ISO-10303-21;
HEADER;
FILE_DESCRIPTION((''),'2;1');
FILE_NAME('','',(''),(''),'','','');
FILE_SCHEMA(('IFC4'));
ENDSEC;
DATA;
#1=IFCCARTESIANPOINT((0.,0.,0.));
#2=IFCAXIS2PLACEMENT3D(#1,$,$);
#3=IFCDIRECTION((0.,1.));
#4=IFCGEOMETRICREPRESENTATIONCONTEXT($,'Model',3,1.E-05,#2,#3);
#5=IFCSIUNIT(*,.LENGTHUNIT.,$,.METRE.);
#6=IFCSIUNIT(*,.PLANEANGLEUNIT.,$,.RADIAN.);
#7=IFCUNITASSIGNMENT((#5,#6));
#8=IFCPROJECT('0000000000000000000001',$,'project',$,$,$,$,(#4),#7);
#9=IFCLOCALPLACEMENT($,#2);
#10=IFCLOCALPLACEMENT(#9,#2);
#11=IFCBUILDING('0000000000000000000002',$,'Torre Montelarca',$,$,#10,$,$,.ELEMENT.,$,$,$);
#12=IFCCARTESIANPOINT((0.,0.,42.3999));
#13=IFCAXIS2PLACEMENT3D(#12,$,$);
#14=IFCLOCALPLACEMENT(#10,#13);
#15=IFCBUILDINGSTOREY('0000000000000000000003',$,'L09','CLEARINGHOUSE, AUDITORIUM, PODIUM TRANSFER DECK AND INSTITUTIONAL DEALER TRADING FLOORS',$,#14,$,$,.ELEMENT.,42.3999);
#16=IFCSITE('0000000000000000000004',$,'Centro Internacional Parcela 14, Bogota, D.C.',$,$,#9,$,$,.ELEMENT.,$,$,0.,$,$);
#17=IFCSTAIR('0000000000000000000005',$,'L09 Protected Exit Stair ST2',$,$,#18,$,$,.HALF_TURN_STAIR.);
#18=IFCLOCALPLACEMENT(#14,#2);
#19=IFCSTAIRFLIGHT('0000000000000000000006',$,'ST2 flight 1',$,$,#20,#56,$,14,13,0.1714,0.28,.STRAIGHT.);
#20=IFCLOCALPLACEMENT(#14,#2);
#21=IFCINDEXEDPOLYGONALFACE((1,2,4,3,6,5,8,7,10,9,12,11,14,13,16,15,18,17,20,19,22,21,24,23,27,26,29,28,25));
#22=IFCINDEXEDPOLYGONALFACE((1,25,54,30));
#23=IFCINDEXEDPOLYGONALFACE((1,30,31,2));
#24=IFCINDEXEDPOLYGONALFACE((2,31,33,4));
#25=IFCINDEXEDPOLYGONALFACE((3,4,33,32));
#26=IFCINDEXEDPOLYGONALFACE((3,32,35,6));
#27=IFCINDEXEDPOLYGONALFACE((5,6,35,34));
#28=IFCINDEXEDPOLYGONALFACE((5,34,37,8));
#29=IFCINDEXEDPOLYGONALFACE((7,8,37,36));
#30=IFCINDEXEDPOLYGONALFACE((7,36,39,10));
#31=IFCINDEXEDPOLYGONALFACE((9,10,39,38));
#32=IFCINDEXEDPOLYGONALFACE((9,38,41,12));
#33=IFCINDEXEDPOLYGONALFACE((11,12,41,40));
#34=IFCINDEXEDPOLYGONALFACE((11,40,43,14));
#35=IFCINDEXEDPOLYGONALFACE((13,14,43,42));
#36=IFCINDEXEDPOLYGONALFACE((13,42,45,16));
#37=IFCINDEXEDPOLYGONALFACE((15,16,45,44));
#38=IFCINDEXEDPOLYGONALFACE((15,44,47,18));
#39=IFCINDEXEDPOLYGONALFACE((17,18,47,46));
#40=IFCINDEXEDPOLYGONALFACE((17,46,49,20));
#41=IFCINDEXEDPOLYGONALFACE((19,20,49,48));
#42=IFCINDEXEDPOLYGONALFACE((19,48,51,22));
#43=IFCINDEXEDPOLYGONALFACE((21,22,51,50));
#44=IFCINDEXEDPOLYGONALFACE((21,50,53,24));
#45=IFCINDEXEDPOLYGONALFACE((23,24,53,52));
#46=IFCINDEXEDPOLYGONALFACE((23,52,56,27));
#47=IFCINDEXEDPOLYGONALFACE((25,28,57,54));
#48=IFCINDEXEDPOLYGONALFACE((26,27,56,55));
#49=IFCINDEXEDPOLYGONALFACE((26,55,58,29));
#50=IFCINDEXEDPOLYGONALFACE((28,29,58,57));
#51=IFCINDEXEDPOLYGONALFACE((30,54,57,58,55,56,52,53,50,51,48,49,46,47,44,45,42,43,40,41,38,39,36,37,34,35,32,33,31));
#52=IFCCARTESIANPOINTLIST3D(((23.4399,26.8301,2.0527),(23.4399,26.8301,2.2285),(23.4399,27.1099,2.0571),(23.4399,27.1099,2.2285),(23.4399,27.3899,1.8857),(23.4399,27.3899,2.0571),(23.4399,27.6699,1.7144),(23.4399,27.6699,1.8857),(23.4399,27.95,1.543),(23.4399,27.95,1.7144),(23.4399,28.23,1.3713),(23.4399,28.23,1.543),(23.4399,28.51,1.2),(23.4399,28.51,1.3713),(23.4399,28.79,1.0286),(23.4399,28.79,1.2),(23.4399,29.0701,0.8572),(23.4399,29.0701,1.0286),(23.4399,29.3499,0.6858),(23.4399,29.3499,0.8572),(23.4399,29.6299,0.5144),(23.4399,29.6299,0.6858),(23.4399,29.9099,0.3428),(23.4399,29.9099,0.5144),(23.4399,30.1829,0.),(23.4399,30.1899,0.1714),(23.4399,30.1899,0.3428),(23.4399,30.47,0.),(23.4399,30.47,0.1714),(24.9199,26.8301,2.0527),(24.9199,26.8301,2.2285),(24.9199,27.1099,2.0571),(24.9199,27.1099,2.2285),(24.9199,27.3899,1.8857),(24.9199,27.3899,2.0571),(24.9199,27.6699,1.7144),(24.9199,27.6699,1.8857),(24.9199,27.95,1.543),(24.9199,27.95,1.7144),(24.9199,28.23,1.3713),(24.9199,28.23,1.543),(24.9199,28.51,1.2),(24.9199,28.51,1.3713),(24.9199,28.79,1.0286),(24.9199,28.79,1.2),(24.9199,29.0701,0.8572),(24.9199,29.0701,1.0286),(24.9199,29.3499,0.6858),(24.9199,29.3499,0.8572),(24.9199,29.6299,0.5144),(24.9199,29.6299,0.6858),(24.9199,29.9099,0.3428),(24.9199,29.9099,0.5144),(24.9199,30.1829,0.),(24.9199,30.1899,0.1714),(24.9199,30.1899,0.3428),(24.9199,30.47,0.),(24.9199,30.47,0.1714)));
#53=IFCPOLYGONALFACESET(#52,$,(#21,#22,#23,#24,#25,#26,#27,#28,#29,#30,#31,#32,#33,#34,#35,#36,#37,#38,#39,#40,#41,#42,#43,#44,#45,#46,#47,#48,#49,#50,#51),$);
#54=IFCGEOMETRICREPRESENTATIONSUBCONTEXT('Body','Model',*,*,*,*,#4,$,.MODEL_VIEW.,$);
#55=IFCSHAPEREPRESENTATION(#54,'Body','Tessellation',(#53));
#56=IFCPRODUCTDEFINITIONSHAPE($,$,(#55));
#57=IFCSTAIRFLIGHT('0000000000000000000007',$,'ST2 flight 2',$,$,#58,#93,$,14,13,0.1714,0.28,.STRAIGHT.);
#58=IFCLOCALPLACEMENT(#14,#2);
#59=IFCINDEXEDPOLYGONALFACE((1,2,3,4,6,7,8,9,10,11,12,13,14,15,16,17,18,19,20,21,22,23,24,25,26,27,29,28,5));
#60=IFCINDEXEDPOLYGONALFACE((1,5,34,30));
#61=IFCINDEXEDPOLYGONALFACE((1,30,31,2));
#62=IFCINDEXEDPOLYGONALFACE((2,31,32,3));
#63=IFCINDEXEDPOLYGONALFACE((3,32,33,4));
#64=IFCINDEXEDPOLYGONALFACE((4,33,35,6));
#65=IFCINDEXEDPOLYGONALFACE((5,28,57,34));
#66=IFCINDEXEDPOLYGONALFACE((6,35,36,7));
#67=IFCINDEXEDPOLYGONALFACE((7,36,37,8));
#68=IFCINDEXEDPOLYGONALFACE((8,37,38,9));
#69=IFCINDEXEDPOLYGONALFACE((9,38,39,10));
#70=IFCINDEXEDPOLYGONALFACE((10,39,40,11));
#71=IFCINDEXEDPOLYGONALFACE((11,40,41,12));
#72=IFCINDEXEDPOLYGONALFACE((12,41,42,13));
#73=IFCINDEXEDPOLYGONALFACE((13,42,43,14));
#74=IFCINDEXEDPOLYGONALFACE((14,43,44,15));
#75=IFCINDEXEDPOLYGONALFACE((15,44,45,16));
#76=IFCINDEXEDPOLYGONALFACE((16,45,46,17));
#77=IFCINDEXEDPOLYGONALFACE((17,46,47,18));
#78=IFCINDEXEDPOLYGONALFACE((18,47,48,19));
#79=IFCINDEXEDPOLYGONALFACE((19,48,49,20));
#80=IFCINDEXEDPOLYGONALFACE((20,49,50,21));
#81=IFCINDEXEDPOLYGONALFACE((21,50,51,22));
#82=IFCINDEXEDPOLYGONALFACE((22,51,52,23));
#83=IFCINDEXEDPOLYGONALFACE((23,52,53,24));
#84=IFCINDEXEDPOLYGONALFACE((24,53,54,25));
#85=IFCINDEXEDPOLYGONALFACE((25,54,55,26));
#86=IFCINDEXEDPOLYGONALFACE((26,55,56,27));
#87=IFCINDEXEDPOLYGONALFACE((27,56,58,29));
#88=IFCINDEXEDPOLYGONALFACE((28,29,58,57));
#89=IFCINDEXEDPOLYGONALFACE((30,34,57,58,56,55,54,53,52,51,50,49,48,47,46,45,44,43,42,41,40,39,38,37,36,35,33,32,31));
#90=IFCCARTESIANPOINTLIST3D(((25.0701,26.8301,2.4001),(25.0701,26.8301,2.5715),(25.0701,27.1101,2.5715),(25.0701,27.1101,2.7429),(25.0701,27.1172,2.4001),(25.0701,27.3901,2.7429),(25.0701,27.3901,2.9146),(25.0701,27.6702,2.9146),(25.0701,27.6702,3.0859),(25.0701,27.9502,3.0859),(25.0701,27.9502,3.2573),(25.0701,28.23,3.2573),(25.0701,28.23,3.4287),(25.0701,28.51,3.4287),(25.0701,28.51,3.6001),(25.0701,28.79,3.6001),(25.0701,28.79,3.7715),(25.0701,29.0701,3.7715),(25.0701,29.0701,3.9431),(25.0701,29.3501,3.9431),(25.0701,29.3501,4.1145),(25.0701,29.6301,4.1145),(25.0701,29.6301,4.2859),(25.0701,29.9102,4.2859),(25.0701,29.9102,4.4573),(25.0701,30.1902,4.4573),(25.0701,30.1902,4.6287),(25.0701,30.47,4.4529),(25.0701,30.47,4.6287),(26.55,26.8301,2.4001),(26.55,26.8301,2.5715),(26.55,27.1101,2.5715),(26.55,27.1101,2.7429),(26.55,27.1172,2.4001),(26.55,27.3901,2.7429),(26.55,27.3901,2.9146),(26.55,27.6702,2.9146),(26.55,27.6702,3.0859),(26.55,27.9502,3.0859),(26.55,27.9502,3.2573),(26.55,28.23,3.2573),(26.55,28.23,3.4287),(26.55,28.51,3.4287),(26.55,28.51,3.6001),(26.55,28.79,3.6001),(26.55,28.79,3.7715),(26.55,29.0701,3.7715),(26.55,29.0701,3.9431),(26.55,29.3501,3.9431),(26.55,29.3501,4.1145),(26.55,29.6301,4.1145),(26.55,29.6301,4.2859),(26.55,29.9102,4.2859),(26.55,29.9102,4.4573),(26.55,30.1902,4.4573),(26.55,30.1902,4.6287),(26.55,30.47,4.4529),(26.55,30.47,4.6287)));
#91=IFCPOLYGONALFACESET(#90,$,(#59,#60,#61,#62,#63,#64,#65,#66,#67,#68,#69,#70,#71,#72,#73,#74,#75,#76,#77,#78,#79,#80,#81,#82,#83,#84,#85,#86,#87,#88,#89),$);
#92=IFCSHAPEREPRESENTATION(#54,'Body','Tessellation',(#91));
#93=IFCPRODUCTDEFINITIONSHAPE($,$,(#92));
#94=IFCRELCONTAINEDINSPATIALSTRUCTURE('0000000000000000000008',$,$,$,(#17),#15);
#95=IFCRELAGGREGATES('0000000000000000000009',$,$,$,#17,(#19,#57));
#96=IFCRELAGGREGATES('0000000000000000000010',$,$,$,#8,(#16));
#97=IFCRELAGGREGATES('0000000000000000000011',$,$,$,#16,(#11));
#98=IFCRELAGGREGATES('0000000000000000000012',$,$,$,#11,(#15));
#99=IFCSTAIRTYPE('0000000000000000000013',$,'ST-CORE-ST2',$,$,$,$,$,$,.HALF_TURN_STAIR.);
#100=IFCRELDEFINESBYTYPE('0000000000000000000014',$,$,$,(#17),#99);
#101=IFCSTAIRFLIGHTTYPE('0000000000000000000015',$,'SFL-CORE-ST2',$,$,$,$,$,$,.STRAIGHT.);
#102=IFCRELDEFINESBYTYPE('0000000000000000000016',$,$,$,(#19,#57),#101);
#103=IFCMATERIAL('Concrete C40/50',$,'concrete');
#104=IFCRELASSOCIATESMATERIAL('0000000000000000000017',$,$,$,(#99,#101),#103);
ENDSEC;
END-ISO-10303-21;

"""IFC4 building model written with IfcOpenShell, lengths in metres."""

from ifc_helpers import new_model, si_unit, direction, frame, origin, place, context, subcontext, project, spatial, polyline, outline, extrude, material, type_object, element, aggregate, save


model = new_model("IFC4")

# Units and contexts
model_context = context("Model", 3, precision=1e-05, world=origin(), true_north=direction((0.0, 1.0)))
body_context = subcontext(model_context, "Body", "Model", "MODEL_VIEW")
ifc_project = project(units=[si_unit("LENGTHUNIT", "METRE"), si_unit("PLANEANGLEUNIT", "RADIAN")], contexts=[model_context])

# Site, building, storey
site_placement = place(None, origin())
site = spatial("IfcSite", under=ifc_project, at=site_placement, Name="Centro Internacional Parcela 14, Bogota, D.C.", CompositionType="ELEMENT", RefElevation=0.0)
building_placement = place(site_placement, origin())
building = spatial("IfcBuilding", under=site, at=building_placement, Name="Torre Montelarca", CompositionType="ELEMENT")
storey_placement = place(building_placement, frame((0.0, 0.0, 42.3999)))
storey = spatial("IfcBuildingStorey", under=building, at=storey_placement, Name="L09", Description="CLEARINGHOUSE, AUDITORIUM, PODIUM TRANSFER DECK AND INSTITUTIONAL DEALER TRADING FLOORS", CompositionType="ELEMENT", Elevation=42.3999)

# Shared definitions
ifc_material_1 = material(Name="Concrete C40/50", Category="concrete")

# Stair, stair flights
stair_type = type_object("IfcStairType", Name="ST-CORE-ST2", PredefinedType="HALF_TURN_STAIR", material=ifc_material_1)
stair_placement = place(storey_placement, origin())
stair = element("IfcStair", 1, at=stair_placement, inside=storey, type_object=stair_type, Name="L09 Protected Exit Stair ST2", PredefinedType="HALF_TURN_STAIR")
stair_flight_type = type_object("IfcStairFlightType", Name="SFL-CORE-ST2", PredefinedType="STRAIGHT", material=ifc_material_1)
stair_flight_1_placement = place(storey_placement, frame((24.1799, 30.47, 0.0), z_axis=(0.0, 0.0, 1.0), x_axis=(0.0, -1.0, 0.0)))
stair_flight_1 = element("IfcStairFlight", 2, at=stair_flight_1_placement, type_object=stair_flight_type, Name="ST2 flight 1", NumberOfRisers=14, NumberOfTreads=13, PredefinedType="STRAIGHT", RiserHeight=0.1714, TreadLength=0.28, context=body_context, shape_type="SweptSolid", body=[
    extrude(outline(polyline([(0.0, 0.0), (0.0, 0.1714), (0.28, 0.1714), (0.28, 0.3428), (0.5601, 0.3428), (0.5601, 0.5144), (0.8401, 0.5144), (0.8401, 0.6858), (1.1201, 0.6858), (1.1201, 0.8572), (1.3999, 0.8572), (1.3999, 1.0286), (1.6799, 1.0286), (1.6799, 1.2), (1.96, 1.2), (1.96, 1.3713), (2.24, 1.3713), (2.24, 1.543), (2.52, 1.543), (2.52, 1.7144), (2.8, 1.7144), (2.8, 1.8857), (3.0801, 1.8857), (3.0801, 2.0571), (3.3601, 2.0571), (3.3601, 2.2285), (3.6399, 2.2285), (3.6399, 2.3999), (3.6399, 2.0527), (0.2871, 0.0), (0.0, 0.0)])), frame((0.0, 0.74, 0.0), z_axis=(0.0, -1.0, 0.0), x_axis=(1.0, 0.0, 0.0)), (0.0, 0.0, 1.0), 1.48),
])
stair_flight_2_placement = place(storey_placement, frame((25.8101, 26.8301, 2.4001), z_axis=(0.0, 0.0, 1.0), x_axis=(0.0, 1.0, 0.0)))
stair_flight_2 = element("IfcStairFlight", 3, at=stair_flight_2_placement, type_object=stair_flight_type, Name="ST2 flight 2", NumberOfRisers=14, NumberOfTreads=13, PredefinedType="STRAIGHT", RiserHeight=0.1714, TreadLength=0.28, context=body_context, shape_type="SweptSolid", body=[
    extrude(outline(polyline([(0.0, 0.0), (0.0, 0.1714), (0.28, 0.1714), (0.28, 0.3428), (0.5601, 0.3428), (0.5601, 0.5144), (0.8401, 0.5144), (0.8401, 0.6858), (1.1201, 0.6858), (1.1201, 0.8572), (1.3999, 0.8572), (1.3999, 1.0286), (1.6799, 1.0286), (1.6799, 1.2), (1.96, 1.2), (1.96, 1.3713), (2.24, 1.3713), (2.24, 1.543), (2.52, 1.543), (2.52, 1.7144), (2.8, 1.7144), (2.8, 1.8857), (3.0801, 1.8857), (3.0801, 2.0571), (3.3601, 2.0571), (3.3601, 2.2285), (3.6399, 2.2285), (3.6399, 2.3999), (3.6399, 2.0527), (0.2871, 0.0), (0.0, 0.0)])), frame((0.0, 0.74, 0.0), z_axis=(0.0, -1.0, 0.0), x_axis=(1.0, 0.0, 0.0)), (0.0, 0.0, 1.0), 1.48),
])
aggregate(stair, [stair_flight_1, stair_flight_2])

save(model, "model.ifc")
